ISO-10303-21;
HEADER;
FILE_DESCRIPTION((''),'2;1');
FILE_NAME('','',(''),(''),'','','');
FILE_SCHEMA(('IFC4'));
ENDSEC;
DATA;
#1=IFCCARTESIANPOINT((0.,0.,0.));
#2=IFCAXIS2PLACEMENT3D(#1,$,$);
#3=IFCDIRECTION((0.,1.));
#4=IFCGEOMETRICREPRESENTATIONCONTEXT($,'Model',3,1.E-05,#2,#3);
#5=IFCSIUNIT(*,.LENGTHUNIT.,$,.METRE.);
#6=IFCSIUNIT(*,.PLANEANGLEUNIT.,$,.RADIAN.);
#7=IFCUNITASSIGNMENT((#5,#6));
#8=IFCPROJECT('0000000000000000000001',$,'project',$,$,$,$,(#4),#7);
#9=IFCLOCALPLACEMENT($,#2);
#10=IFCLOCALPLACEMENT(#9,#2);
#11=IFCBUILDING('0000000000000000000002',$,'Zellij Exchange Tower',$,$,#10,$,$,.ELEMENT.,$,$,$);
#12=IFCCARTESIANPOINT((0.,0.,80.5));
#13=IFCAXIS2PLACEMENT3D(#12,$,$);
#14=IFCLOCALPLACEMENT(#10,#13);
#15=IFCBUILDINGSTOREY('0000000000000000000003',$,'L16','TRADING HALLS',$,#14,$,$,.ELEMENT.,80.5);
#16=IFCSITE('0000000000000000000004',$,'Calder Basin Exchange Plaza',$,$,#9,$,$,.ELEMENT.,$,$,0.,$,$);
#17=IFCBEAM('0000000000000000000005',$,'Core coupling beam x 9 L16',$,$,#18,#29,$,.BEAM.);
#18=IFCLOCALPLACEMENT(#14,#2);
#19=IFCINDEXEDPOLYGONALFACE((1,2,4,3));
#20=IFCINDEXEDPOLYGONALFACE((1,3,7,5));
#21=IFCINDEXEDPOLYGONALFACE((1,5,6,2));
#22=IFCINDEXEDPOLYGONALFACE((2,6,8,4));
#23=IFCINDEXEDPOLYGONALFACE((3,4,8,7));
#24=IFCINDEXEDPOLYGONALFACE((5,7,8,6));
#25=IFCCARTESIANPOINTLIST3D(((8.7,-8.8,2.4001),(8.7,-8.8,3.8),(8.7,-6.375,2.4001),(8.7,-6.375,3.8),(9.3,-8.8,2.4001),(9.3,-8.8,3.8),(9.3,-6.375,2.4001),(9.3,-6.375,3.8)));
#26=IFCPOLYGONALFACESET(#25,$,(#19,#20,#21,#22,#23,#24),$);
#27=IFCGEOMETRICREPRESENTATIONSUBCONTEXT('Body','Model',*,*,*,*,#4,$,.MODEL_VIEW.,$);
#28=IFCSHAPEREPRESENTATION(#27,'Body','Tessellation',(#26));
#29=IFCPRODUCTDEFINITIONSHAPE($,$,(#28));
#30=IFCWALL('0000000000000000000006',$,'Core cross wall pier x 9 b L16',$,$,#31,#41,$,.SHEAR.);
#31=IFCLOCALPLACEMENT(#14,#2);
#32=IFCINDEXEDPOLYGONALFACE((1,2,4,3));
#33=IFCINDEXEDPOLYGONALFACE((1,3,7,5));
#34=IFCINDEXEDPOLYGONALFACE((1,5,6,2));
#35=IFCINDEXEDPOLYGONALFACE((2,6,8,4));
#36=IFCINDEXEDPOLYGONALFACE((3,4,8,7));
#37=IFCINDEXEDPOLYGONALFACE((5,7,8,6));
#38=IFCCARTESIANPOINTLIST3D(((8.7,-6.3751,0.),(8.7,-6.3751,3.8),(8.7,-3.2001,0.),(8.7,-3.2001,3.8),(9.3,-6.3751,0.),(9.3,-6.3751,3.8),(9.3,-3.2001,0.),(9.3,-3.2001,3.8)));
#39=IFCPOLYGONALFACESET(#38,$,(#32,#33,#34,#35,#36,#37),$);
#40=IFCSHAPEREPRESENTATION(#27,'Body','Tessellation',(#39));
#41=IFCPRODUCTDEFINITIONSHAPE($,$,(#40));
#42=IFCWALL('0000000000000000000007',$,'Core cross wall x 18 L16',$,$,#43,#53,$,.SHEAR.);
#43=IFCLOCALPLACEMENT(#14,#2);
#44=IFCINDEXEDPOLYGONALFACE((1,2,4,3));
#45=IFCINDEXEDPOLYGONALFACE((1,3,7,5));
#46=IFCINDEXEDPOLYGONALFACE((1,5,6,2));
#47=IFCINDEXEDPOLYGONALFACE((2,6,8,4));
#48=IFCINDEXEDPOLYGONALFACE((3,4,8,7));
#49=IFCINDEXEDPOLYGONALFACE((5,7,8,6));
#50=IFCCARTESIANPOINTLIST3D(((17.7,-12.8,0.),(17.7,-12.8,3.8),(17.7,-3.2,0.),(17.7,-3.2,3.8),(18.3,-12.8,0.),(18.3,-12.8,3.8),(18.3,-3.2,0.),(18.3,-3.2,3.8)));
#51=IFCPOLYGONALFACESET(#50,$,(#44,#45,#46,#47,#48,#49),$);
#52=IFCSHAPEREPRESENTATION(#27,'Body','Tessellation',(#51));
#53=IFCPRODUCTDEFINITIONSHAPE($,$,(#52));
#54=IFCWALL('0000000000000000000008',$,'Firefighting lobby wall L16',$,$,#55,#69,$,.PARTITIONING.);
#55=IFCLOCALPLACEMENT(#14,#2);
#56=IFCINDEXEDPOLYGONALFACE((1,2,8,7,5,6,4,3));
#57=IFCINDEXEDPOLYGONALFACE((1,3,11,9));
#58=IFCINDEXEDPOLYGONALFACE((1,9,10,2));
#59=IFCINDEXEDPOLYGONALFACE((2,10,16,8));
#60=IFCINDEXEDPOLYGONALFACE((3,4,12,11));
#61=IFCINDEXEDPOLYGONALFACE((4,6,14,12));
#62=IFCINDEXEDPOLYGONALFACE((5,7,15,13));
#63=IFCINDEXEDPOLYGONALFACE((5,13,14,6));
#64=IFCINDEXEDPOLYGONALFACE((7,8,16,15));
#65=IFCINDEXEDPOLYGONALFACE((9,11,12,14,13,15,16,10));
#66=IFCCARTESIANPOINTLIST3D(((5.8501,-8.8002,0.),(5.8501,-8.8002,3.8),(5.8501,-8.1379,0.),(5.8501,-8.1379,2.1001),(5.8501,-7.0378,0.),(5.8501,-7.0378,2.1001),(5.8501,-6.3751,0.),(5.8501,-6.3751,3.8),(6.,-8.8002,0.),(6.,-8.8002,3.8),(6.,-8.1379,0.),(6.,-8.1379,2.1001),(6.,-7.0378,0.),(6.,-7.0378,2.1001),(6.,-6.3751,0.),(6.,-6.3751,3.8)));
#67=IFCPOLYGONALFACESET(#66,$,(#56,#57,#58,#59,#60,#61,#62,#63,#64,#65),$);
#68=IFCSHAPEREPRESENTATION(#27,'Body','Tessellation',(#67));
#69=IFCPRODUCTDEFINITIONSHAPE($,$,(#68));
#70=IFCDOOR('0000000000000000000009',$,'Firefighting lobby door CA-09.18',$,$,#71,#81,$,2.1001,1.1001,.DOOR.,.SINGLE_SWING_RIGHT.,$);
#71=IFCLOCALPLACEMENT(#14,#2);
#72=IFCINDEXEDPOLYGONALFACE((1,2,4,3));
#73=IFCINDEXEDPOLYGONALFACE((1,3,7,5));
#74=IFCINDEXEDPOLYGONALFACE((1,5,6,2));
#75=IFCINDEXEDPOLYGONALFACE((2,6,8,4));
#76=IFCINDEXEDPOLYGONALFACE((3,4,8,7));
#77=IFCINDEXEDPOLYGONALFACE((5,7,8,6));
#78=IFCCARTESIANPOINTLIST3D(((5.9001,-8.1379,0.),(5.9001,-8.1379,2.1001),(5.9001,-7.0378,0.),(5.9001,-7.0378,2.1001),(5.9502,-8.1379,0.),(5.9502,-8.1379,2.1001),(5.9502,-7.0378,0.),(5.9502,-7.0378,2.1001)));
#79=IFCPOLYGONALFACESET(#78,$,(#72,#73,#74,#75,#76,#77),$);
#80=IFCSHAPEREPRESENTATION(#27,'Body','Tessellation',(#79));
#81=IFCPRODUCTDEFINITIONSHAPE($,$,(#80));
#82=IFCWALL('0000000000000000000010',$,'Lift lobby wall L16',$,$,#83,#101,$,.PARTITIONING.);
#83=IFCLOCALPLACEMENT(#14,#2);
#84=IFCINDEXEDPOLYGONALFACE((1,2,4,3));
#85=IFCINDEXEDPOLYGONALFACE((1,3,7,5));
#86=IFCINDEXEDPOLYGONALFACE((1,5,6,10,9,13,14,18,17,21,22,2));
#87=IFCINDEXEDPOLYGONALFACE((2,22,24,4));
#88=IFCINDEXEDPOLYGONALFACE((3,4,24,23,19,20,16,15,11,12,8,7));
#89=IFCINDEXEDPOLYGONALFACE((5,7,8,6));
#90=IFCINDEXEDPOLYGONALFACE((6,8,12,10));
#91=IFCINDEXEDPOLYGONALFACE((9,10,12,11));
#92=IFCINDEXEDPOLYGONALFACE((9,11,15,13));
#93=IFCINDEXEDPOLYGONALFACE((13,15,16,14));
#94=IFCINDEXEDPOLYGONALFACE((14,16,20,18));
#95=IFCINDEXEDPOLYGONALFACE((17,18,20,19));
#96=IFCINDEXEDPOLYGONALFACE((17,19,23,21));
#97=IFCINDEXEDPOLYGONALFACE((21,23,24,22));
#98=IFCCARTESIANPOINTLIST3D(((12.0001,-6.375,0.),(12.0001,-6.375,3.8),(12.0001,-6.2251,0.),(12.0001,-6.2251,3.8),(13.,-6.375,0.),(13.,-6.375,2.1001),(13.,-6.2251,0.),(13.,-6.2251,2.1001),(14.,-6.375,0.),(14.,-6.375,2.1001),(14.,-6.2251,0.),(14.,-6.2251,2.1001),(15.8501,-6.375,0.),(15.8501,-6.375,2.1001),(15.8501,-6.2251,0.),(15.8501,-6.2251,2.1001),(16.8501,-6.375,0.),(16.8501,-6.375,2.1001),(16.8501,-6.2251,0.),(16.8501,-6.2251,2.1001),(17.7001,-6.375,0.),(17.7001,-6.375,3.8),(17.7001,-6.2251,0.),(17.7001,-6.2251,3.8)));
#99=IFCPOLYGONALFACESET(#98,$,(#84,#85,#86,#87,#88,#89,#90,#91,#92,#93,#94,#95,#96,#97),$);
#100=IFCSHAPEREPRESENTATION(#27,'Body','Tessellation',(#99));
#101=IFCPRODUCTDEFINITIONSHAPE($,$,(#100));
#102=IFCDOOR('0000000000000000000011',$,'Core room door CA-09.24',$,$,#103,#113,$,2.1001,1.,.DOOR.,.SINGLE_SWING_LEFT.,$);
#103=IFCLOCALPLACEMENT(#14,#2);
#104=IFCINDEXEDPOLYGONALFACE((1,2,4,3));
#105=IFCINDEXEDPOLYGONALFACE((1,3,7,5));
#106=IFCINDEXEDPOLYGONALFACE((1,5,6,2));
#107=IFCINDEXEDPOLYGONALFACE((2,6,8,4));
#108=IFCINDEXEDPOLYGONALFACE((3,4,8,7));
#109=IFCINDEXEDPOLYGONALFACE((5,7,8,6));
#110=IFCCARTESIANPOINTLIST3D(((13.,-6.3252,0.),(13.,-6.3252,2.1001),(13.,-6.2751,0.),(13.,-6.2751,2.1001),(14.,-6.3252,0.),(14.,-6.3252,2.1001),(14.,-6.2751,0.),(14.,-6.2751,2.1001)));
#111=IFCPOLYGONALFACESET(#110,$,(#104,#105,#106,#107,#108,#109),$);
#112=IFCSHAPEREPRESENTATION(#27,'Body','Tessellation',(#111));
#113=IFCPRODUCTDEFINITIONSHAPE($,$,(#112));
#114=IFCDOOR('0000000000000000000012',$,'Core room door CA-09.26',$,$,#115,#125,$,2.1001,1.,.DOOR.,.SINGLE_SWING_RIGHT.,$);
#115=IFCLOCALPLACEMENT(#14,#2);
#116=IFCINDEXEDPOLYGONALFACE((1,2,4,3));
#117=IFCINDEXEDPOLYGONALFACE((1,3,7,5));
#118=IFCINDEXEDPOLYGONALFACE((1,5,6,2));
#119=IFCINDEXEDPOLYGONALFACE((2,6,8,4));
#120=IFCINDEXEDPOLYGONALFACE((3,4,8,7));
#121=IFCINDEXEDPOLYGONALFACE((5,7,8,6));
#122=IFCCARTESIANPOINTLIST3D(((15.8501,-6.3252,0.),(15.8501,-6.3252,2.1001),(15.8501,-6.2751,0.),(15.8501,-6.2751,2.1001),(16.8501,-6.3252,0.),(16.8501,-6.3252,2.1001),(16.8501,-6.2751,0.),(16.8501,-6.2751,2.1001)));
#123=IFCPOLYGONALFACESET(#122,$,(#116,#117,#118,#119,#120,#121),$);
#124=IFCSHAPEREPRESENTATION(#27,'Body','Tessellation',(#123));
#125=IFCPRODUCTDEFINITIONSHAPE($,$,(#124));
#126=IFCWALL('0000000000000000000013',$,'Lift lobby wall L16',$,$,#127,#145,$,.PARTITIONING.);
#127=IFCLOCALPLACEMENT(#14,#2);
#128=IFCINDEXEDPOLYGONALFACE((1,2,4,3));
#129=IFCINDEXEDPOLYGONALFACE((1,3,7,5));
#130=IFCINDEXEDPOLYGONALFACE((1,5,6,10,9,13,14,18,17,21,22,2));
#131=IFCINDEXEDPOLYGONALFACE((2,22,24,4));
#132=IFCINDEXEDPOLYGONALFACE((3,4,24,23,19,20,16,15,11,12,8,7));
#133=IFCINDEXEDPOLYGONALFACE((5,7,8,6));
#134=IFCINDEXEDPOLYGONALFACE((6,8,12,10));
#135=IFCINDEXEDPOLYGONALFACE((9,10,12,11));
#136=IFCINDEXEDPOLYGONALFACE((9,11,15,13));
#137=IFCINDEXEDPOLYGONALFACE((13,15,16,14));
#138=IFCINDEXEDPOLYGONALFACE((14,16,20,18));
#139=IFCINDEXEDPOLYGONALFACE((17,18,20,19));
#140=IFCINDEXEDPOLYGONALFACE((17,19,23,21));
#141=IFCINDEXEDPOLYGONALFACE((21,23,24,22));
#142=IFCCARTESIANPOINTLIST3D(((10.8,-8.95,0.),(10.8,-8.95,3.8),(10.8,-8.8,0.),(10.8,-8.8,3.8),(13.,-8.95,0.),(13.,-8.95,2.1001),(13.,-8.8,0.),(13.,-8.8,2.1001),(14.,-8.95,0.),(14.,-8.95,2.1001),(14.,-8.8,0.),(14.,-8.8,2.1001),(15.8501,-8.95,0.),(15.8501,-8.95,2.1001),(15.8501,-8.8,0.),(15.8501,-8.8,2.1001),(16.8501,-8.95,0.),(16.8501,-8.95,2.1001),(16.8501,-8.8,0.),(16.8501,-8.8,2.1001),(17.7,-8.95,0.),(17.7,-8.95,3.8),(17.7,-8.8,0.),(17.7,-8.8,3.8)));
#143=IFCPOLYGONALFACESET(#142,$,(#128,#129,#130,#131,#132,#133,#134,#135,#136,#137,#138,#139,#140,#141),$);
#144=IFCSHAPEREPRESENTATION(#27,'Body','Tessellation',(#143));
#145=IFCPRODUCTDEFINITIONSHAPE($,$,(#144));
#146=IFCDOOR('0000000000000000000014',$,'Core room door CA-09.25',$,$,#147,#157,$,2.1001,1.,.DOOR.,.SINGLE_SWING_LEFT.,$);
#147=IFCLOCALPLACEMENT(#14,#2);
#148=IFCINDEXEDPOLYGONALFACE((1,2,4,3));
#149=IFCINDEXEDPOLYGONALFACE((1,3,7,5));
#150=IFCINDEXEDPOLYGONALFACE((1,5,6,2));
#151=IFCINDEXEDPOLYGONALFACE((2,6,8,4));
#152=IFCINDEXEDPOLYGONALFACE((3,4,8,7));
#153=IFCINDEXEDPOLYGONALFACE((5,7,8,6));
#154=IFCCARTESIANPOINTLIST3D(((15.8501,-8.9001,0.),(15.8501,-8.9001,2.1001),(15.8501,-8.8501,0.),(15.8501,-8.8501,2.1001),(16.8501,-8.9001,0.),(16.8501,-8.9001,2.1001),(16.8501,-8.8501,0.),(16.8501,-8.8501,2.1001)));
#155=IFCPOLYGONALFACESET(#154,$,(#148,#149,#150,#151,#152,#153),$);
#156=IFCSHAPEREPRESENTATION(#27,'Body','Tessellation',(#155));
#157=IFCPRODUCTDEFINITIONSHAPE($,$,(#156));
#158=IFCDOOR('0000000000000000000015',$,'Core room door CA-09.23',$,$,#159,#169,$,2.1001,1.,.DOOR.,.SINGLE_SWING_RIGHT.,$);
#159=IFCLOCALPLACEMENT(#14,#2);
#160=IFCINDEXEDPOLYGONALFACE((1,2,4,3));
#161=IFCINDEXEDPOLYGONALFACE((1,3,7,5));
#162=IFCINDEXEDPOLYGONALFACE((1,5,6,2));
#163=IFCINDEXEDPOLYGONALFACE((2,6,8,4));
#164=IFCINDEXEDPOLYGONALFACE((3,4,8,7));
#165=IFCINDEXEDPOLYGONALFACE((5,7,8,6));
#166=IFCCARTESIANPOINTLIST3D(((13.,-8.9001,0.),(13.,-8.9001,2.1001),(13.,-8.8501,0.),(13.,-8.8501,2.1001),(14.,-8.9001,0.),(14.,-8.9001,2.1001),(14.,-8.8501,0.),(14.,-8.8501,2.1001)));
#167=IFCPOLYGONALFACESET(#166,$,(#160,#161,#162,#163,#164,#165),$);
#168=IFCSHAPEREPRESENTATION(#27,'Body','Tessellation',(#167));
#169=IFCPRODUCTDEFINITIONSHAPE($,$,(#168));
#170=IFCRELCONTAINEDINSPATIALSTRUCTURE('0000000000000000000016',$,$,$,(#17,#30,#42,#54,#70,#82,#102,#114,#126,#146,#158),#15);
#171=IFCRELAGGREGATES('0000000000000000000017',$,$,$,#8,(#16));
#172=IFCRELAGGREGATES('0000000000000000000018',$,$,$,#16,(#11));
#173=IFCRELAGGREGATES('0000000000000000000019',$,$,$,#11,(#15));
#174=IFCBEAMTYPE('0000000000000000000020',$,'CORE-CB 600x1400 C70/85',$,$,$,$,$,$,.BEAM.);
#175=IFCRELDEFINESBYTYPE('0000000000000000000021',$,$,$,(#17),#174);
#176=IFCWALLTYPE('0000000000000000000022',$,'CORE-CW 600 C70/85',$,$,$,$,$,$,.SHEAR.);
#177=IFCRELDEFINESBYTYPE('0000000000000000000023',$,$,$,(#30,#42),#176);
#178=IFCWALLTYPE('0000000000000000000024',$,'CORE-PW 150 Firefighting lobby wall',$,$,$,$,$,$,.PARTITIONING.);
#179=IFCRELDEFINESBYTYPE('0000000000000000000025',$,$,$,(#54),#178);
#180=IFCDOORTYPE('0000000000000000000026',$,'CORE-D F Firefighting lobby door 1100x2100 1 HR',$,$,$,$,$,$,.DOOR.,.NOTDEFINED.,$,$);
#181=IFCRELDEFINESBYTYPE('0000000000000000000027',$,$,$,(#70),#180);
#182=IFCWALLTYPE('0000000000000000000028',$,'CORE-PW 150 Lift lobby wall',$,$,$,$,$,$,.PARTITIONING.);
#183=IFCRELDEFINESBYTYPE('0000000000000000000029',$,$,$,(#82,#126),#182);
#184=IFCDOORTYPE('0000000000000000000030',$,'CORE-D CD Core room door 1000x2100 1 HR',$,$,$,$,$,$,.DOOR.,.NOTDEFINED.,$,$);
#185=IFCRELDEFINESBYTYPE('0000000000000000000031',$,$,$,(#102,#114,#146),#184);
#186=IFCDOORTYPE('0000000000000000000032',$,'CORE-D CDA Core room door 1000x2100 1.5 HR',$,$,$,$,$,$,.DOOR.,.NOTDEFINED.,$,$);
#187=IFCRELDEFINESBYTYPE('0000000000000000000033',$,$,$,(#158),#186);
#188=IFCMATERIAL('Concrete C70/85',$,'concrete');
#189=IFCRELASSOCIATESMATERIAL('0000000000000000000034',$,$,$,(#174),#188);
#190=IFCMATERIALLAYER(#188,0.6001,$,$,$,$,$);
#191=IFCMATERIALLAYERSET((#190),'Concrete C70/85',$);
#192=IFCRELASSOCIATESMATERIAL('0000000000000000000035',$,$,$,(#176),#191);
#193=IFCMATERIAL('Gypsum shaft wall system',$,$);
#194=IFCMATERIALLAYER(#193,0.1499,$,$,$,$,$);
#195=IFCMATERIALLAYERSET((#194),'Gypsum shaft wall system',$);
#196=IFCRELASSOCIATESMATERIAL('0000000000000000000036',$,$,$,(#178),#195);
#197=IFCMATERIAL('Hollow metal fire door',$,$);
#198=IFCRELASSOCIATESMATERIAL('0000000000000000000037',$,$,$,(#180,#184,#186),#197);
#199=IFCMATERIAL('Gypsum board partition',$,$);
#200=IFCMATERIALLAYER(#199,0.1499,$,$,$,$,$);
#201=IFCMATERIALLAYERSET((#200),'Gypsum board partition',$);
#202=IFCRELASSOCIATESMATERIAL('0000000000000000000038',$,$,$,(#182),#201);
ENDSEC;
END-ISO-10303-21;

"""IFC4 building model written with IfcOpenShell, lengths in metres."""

from ifc_helpers import new_model, si_unit, direction, frame, frame_2d, origin, origin_2d, place, context, subcontext, project, spatial, rectangle, extrude, material, layer, layer_set, material_profile, profile_set, type_object, element, fill, save


model = new_model("IFC4")

# Units and contexts
model_context = context("Model", 3, precision=1e-05, world=origin(), true_north=direction((0.0, 1.0)))
body_context = subcontext(model_context, "Body", "Model", "MODEL_VIEW")
ifc_project = project(units=[si_unit("LENGTHUNIT", "METRE"), si_unit("PLANEANGLEUNIT", "RADIAN")], contexts=[model_context])

# Site, building, storey
site_placement = place(None, origin())
site = spatial("IfcSite", under=ifc_project, at=site_placement, Name="Calder Basin Exchange Plaza", CompositionType="ELEMENT", RefElevation=0.0)
building_placement = place(site_placement, origin())
building = spatial("IfcBuilding", under=site, at=building_placement, Name="Zellij Exchange Tower", CompositionType="ELEMENT")
storey_placement = place(building_placement, frame((0.0, 0.0, 80.5)))
storey = spatial("IfcBuildingStorey", under=building, at=storey_placement, Name="L16", Description="TRADING HALLS", CompositionType="ELEMENT", Elevation=80.5)

# Beam
ifc_material_1 = material(Name="Concrete C70/85", Category="concrete")
ifc_material_profile = material_profile(ifc_material_1, rectangle(XDim=0.6001, YDim=1.3999, at=origin_2d()), Name="CORE-CB 600x1400 C70/85")
ifc_profile_set = profile_set([ifc_material_profile], Name="Concrete C70/85")
beam_type = type_object("IfcBeamType", Name="CORE-CB 600x1400 C70/85", PredefinedType="BEAM", material=ifc_profile_set)
beam_placement = place(storey_placement, frame((9.0, -8.8, 3.1001), z_axis=(0.0, 1.0, 0.0), x_axis=(-1.0, 0.0, 0.0)))
element("IfcBeam", 1, at=beam_placement, inside=storey, type_object=beam_type, Name="Core coupling beam x 9 L16", PredefinedType="BEAM", context=body_context, shape_type="SweptSolid", body=[
    extrude(rectangle(XDim=0.6001, YDim=1.3999, at=origin_2d()), origin(), (0.0, 0.0, 1.0), 2.425),
])

# Walls
ifc_layer_1 = layer(ifc_material_1, 0.6001)
ifc_layer_set_1 = layer_set([ifc_layer_1], Name="Concrete C70/85")
wall_type_1 = type_object("IfcWallType", Name="CORE-CW 600 C70/85", PredefinedType="SHEAR", material=ifc_layer_set_1)
wall_1_placement = place(storey_placement, frame((9.0, -6.375, 0.0), z_axis=(0.0, 0.0, 1.0), x_axis=(0.0, 1.0, 0.0)))
element("IfcWall", 2, at=wall_1_placement, inside=storey, type_object=wall_type_1, Name="Core cross wall pier x 9 b L16", PredefinedType="SHEAR", context=body_context, shape_type="SweptSolid", body=[
    extrude(rectangle(XDim=3.175, YDim=0.6001, at=frame_2d((1.5874, 0.0))), origin(), (0.0, 0.0, 1.0), 3.8),
])
wall_2_placement = place(storey_placement, frame((18.0, -12.8, 0.0), z_axis=(0.0, 0.0, 1.0), x_axis=(0.0, 1.0, 0.0)))
element("IfcWall", 3, at=wall_2_placement, inside=storey, type_object=wall_type_1, Name="Core cross wall x 18 L16", PredefinedType="SHEAR", context=body_context, shape_type="SweptSolid", body=[
    extrude(rectangle(XDim=9.6001, YDim=0.6001, at=frame_2d((4.8, 0.0))), origin(), (0.0, 0.0, 1.0), 3.8),
])

# Wall, opening, door
ifc_material_2 = material(Name="Gypsum shaft wall system")
ifc_layer_2 = layer(ifc_material_2, 0.1499)
ifc_layer_set_2 = layer_set([ifc_layer_2], Name="Gypsum shaft wall system")
wall_type_2 = type_object("IfcWallType", Name="CORE-PW 150 Firefighting lobby wall", PredefinedType="PARTITIONING", material=ifc_layer_set_2)
wall_3_placement = place(storey_placement, frame((5.925, -8.8, 0.0), z_axis=(0.0, 0.0, 1.0), x_axis=(0.0, 1.0, 0.0)))
wall_3 = element("IfcWall", 4, at=wall_3_placement, inside=storey, type_object=wall_type_2, Name="Firefighting lobby wall L16", PredefinedType="PARTITIONING", context=body_context, shape_type="SweptSolid", body=[
    extrude(rectangle(XDim=2.425, YDim=0.1499, at=frame_2d((1.2124, 0.0))), origin(), (0.0, 0.0, 1.0), 3.8),
])
opening_1_placement = place(wall_3_placement, frame((0.6621, 0.0, 0.0)))
opening_1 = element("IfcOpeningElement", 5, at=opening_1_placement, cuts=wall_3, PredefinedType="OPENING", context=body_context, shape_type="SweptSolid", body=[
    extrude(rectangle(XDim=1.1001, YDim=2.1001, at=frame_2d((0.55, 1.05))), frame((0.0, 0.0869, 0.0), z_axis=(0.0, -1.0, 0.0), x_axis=(1.0, 0.0, 0.0)), (0.0, 0.0, 1.0), 0.1738),
])
ifc_material_3 = material(Name="Hollow metal fire door")
door_type_1 = type_object("IfcDoorType", Name="CORE-D F Firefighting lobby door 1100x2100 1 HR", OperationType="NOTDEFINED", PredefinedType="DOOR", material=ifc_material_3)
door_1_placement = place(opening_1_placement, origin())
door_1 = element("IfcDoor", 6, at=door_1_placement, inside=storey, type_object=door_type_1, Name="Firefighting lobby door CA-09.18", OperationType="SINGLE_SWING_RIGHT", OverallHeight=2.1001, OverallWidth=1.1001, PredefinedType="DOOR", context=body_context, shape_type="SweptSolid", body=[
    extrude(rectangle(XDim=1.1001, YDim=2.1001, at=frame_2d((0.55, 1.05))), frame((0.0, 0.0249, 0.0), z_axis=(0.0, -1.0, 0.0), x_axis=(1.0, 0.0, 0.0)), (0.0, 0.0, 1.0), 0.05),
])
fill(opening_1, door_1)

# Walls, openings, doors
ifc_material_4 = material(Name="Gypsum board partition")
ifc_layer_3 = layer(ifc_material_4, 0.1499)
ifc_layer_set_3 = layer_set([ifc_layer_3], Name="Gypsum board partition")
wall_type_3 = type_object("IfcWallType", Name="CORE-PW 150 Lift lobby wall", PredefinedType="PARTITIONING", material=ifc_layer_set_3)
wall_4_placement = place(storey_placement, frame((12.0, -6.3, 0.0), z_axis=(0.0, 0.0, 1.0), x_axis=(1.0, 0.0, 0.0)))
wall_4 = element("IfcWall", 7, at=wall_4_placement, inside=storey, type_object=wall_type_3, Name="Lift lobby wall L16", PredefinedType="PARTITIONING", context=body_context, shape_type="SweptSolid", body=[
    extrude(rectangle(XDim=5.7, YDim=0.1499, at=frame_2d((2.8501, 0.0))), origin(), (0.0, 0.0, 1.0), 3.8),
])
opening_2_placement = place(wall_4_placement, frame((1.0, 0.0, 0.0)))
opening_2 = element("IfcOpeningElement", 8, at=opening_2_placement, cuts=wall_4, PredefinedType="OPENING", context=body_context, shape_type="SweptSolid", body=[
    extrude(rectangle(XDim=1.0, YDim=2.1001, at=frame_2d((0.5, 1.05))), frame((0.0, 0.0869, 0.0), z_axis=(0.0, -1.0, 0.0), x_axis=(1.0, 0.0, 0.0)), (0.0, 0.0, 1.0), 0.1738),
])
opening_3_placement = place(wall_4_placement, frame((3.8501, 0.0, 0.0)))
opening_3 = element("IfcOpeningElement", 9, at=opening_3_placement, cuts=wall_4, PredefinedType="OPENING", context=body_context, shape_type="SweptSolid", body=[
    extrude(rectangle(XDim=1.0, YDim=2.1001, at=frame_2d((0.5, 1.05))), frame((0.0, 0.0869, 0.0), z_axis=(0.0, -1.0, 0.0), x_axis=(1.0, 0.0, 0.0)), (0.0, 0.0, 1.0), 0.1738),
])
door_type_2 = type_object("IfcDoorType", Name="CORE-D CD Core room door 1000x2100 1 HR", OperationType="NOTDEFINED", PredefinedType="DOOR", material=ifc_material_3)
door_2_placement = place(opening_2_placement, origin())
door_2 = element("IfcDoor", 10, at=door_2_placement, inside=storey, type_object=door_type_2, Name="Core room door CA-09.24", OperationType="SINGLE_SWING_LEFT", OverallHeight=2.1001, OverallWidth=1.0, PredefinedType="DOOR", context=body_context, shape_type="SweptSolid", body=[
    extrude(rectangle(XDim=1.0, YDim=2.1001, at=frame_2d((0.5, 1.05))), frame((0.0, 0.0249, 0.0), z_axis=(0.0, -1.0, 0.0), x_axis=(1.0, 0.0, 0.0)), (0.0, 0.0, 1.0), 0.05),
])
fill(opening_2, door_2)
door_3_placement = place(opening_3_placement, origin())
door_3 = element("IfcDoor", 11, at=door_3_placement, inside=storey, type_object=door_type_2, Name="Core room door CA-09.26", OperationType="SINGLE_SWING_RIGHT", OverallHeight=2.1001, OverallWidth=1.0, PredefinedType="DOOR", context=body_context, shape_type="SweptSolid", body=[
    extrude(rectangle(XDim=1.0, YDim=2.1001, at=frame_2d((0.5, 1.05))), frame((0.0, 0.0249, 0.0), z_axis=(0.0, -1.0, 0.0), x_axis=(1.0, 0.0, 0.0)), (0.0, 0.0, 1.0), 0.05),
])
fill(opening_3, door_3)
wall_5_placement = place(storey_placement, frame((10.8, -8.875, 0.0), z_axis=(0.0, 0.0, 1.0), x_axis=(1.0, 0.0, 0.0)))
wall_5 = element("IfcWall", 12, at=wall_5_placement, inside=storey, type_object=wall_type_3, Name="Lift lobby wall L16", PredefinedType="PARTITIONING", context=body_context, shape_type="SweptSolid", body=[
    extrude(rectangle(XDim=6.8999, YDim=0.1499, at=frame_2d((3.45, 0.0))), origin(), (0.0, 0.0, 1.0), 3.8),
])
opening_4_placement = place(wall_5_placement, frame((2.2, 0.0, 0.0)))
opening_4 = element("IfcOpeningElement", 13, at=opening_4_placement, cuts=wall_5, PredefinedType="OPENING", context=body_context, shape_type="SweptSolid", body=[
    extrude(rectangle(XDim=1.0, YDim=2.1001, at=frame_2d((0.5, 1.05))), frame((0.0, 0.0869, 0.0), z_axis=(0.0, -1.0, 0.0), x_axis=(1.0, 0.0, 0.0)), (0.0, 0.0, 1.0), 0.1738),
])
opening_5_placement = place(wall_5_placement, frame((5.05, 0.0, 0.0)))
opening_5 = element("IfcOpeningElement", 14, at=opening_5_placement, cuts=wall_5, PredefinedType="OPENING", context=body_context, shape_type="SweptSolid", body=[
    extrude(rectangle(XDim=1.0, YDim=2.1001, at=frame_2d((0.5, 1.05))), frame((0.0, 0.0869, 0.0), z_axis=(0.0, -1.0, 0.0), x_axis=(1.0, 0.0, 0.0)), (0.0, 0.0, 1.0), 0.1738),
])
door_4_placement = place(opening_5_placement, origin())
door_4 = element("IfcDoor", 15, at=door_4_placement, inside=storey, type_object=door_type_2, Name="Core room door CA-09.25", OperationType="SINGLE_SWING_LEFT", OverallHeight=2.1001, OverallWidth=1.0, PredefinedType="DOOR", context=body_context, shape_type="SweptSolid", body=[
    extrude(rectangle(XDim=1.0, YDim=2.1001, at=frame_2d((0.5, 1.05))), frame((0.0, 0.0249, 0.0), z_axis=(0.0, -1.0, 0.0), x_axis=(1.0, 0.0, 0.0)), (0.0, 0.0, 1.0), 0.05),
])
fill(opening_5, door_4)
door_type_3 = type_object("IfcDoorType", Name="CORE-D CDA Core room door 1000x2100 1.5 HR", OperationType="NOTDEFINED", PredefinedType="DOOR", material=ifc_material_3)
door_5_placement = place(opening_4_placement, origin())
door_5 = element("IfcDoor", 16, at=door_5_placement, inside=storey, type_object=door_type_3, Name="Core room door CA-09.23", OperationType="SINGLE_SWING_RIGHT", OverallHeight=2.1001, OverallWidth=1.0, PredefinedType="DOOR", context=body_context, shape_type="SweptSolid", body=[
    extrude(rectangle(XDim=1.0, YDim=2.1001, at=frame_2d((0.5, 1.05))), frame((0.0, 0.0249, 0.0), z_axis=(0.0, -1.0, 0.0), x_axis=(1.0, 0.0, 0.0)), (0.0, 0.0, 1.0), 0.05),
])
fill(opening_4, door_5)

save(model, "model.ifc")
